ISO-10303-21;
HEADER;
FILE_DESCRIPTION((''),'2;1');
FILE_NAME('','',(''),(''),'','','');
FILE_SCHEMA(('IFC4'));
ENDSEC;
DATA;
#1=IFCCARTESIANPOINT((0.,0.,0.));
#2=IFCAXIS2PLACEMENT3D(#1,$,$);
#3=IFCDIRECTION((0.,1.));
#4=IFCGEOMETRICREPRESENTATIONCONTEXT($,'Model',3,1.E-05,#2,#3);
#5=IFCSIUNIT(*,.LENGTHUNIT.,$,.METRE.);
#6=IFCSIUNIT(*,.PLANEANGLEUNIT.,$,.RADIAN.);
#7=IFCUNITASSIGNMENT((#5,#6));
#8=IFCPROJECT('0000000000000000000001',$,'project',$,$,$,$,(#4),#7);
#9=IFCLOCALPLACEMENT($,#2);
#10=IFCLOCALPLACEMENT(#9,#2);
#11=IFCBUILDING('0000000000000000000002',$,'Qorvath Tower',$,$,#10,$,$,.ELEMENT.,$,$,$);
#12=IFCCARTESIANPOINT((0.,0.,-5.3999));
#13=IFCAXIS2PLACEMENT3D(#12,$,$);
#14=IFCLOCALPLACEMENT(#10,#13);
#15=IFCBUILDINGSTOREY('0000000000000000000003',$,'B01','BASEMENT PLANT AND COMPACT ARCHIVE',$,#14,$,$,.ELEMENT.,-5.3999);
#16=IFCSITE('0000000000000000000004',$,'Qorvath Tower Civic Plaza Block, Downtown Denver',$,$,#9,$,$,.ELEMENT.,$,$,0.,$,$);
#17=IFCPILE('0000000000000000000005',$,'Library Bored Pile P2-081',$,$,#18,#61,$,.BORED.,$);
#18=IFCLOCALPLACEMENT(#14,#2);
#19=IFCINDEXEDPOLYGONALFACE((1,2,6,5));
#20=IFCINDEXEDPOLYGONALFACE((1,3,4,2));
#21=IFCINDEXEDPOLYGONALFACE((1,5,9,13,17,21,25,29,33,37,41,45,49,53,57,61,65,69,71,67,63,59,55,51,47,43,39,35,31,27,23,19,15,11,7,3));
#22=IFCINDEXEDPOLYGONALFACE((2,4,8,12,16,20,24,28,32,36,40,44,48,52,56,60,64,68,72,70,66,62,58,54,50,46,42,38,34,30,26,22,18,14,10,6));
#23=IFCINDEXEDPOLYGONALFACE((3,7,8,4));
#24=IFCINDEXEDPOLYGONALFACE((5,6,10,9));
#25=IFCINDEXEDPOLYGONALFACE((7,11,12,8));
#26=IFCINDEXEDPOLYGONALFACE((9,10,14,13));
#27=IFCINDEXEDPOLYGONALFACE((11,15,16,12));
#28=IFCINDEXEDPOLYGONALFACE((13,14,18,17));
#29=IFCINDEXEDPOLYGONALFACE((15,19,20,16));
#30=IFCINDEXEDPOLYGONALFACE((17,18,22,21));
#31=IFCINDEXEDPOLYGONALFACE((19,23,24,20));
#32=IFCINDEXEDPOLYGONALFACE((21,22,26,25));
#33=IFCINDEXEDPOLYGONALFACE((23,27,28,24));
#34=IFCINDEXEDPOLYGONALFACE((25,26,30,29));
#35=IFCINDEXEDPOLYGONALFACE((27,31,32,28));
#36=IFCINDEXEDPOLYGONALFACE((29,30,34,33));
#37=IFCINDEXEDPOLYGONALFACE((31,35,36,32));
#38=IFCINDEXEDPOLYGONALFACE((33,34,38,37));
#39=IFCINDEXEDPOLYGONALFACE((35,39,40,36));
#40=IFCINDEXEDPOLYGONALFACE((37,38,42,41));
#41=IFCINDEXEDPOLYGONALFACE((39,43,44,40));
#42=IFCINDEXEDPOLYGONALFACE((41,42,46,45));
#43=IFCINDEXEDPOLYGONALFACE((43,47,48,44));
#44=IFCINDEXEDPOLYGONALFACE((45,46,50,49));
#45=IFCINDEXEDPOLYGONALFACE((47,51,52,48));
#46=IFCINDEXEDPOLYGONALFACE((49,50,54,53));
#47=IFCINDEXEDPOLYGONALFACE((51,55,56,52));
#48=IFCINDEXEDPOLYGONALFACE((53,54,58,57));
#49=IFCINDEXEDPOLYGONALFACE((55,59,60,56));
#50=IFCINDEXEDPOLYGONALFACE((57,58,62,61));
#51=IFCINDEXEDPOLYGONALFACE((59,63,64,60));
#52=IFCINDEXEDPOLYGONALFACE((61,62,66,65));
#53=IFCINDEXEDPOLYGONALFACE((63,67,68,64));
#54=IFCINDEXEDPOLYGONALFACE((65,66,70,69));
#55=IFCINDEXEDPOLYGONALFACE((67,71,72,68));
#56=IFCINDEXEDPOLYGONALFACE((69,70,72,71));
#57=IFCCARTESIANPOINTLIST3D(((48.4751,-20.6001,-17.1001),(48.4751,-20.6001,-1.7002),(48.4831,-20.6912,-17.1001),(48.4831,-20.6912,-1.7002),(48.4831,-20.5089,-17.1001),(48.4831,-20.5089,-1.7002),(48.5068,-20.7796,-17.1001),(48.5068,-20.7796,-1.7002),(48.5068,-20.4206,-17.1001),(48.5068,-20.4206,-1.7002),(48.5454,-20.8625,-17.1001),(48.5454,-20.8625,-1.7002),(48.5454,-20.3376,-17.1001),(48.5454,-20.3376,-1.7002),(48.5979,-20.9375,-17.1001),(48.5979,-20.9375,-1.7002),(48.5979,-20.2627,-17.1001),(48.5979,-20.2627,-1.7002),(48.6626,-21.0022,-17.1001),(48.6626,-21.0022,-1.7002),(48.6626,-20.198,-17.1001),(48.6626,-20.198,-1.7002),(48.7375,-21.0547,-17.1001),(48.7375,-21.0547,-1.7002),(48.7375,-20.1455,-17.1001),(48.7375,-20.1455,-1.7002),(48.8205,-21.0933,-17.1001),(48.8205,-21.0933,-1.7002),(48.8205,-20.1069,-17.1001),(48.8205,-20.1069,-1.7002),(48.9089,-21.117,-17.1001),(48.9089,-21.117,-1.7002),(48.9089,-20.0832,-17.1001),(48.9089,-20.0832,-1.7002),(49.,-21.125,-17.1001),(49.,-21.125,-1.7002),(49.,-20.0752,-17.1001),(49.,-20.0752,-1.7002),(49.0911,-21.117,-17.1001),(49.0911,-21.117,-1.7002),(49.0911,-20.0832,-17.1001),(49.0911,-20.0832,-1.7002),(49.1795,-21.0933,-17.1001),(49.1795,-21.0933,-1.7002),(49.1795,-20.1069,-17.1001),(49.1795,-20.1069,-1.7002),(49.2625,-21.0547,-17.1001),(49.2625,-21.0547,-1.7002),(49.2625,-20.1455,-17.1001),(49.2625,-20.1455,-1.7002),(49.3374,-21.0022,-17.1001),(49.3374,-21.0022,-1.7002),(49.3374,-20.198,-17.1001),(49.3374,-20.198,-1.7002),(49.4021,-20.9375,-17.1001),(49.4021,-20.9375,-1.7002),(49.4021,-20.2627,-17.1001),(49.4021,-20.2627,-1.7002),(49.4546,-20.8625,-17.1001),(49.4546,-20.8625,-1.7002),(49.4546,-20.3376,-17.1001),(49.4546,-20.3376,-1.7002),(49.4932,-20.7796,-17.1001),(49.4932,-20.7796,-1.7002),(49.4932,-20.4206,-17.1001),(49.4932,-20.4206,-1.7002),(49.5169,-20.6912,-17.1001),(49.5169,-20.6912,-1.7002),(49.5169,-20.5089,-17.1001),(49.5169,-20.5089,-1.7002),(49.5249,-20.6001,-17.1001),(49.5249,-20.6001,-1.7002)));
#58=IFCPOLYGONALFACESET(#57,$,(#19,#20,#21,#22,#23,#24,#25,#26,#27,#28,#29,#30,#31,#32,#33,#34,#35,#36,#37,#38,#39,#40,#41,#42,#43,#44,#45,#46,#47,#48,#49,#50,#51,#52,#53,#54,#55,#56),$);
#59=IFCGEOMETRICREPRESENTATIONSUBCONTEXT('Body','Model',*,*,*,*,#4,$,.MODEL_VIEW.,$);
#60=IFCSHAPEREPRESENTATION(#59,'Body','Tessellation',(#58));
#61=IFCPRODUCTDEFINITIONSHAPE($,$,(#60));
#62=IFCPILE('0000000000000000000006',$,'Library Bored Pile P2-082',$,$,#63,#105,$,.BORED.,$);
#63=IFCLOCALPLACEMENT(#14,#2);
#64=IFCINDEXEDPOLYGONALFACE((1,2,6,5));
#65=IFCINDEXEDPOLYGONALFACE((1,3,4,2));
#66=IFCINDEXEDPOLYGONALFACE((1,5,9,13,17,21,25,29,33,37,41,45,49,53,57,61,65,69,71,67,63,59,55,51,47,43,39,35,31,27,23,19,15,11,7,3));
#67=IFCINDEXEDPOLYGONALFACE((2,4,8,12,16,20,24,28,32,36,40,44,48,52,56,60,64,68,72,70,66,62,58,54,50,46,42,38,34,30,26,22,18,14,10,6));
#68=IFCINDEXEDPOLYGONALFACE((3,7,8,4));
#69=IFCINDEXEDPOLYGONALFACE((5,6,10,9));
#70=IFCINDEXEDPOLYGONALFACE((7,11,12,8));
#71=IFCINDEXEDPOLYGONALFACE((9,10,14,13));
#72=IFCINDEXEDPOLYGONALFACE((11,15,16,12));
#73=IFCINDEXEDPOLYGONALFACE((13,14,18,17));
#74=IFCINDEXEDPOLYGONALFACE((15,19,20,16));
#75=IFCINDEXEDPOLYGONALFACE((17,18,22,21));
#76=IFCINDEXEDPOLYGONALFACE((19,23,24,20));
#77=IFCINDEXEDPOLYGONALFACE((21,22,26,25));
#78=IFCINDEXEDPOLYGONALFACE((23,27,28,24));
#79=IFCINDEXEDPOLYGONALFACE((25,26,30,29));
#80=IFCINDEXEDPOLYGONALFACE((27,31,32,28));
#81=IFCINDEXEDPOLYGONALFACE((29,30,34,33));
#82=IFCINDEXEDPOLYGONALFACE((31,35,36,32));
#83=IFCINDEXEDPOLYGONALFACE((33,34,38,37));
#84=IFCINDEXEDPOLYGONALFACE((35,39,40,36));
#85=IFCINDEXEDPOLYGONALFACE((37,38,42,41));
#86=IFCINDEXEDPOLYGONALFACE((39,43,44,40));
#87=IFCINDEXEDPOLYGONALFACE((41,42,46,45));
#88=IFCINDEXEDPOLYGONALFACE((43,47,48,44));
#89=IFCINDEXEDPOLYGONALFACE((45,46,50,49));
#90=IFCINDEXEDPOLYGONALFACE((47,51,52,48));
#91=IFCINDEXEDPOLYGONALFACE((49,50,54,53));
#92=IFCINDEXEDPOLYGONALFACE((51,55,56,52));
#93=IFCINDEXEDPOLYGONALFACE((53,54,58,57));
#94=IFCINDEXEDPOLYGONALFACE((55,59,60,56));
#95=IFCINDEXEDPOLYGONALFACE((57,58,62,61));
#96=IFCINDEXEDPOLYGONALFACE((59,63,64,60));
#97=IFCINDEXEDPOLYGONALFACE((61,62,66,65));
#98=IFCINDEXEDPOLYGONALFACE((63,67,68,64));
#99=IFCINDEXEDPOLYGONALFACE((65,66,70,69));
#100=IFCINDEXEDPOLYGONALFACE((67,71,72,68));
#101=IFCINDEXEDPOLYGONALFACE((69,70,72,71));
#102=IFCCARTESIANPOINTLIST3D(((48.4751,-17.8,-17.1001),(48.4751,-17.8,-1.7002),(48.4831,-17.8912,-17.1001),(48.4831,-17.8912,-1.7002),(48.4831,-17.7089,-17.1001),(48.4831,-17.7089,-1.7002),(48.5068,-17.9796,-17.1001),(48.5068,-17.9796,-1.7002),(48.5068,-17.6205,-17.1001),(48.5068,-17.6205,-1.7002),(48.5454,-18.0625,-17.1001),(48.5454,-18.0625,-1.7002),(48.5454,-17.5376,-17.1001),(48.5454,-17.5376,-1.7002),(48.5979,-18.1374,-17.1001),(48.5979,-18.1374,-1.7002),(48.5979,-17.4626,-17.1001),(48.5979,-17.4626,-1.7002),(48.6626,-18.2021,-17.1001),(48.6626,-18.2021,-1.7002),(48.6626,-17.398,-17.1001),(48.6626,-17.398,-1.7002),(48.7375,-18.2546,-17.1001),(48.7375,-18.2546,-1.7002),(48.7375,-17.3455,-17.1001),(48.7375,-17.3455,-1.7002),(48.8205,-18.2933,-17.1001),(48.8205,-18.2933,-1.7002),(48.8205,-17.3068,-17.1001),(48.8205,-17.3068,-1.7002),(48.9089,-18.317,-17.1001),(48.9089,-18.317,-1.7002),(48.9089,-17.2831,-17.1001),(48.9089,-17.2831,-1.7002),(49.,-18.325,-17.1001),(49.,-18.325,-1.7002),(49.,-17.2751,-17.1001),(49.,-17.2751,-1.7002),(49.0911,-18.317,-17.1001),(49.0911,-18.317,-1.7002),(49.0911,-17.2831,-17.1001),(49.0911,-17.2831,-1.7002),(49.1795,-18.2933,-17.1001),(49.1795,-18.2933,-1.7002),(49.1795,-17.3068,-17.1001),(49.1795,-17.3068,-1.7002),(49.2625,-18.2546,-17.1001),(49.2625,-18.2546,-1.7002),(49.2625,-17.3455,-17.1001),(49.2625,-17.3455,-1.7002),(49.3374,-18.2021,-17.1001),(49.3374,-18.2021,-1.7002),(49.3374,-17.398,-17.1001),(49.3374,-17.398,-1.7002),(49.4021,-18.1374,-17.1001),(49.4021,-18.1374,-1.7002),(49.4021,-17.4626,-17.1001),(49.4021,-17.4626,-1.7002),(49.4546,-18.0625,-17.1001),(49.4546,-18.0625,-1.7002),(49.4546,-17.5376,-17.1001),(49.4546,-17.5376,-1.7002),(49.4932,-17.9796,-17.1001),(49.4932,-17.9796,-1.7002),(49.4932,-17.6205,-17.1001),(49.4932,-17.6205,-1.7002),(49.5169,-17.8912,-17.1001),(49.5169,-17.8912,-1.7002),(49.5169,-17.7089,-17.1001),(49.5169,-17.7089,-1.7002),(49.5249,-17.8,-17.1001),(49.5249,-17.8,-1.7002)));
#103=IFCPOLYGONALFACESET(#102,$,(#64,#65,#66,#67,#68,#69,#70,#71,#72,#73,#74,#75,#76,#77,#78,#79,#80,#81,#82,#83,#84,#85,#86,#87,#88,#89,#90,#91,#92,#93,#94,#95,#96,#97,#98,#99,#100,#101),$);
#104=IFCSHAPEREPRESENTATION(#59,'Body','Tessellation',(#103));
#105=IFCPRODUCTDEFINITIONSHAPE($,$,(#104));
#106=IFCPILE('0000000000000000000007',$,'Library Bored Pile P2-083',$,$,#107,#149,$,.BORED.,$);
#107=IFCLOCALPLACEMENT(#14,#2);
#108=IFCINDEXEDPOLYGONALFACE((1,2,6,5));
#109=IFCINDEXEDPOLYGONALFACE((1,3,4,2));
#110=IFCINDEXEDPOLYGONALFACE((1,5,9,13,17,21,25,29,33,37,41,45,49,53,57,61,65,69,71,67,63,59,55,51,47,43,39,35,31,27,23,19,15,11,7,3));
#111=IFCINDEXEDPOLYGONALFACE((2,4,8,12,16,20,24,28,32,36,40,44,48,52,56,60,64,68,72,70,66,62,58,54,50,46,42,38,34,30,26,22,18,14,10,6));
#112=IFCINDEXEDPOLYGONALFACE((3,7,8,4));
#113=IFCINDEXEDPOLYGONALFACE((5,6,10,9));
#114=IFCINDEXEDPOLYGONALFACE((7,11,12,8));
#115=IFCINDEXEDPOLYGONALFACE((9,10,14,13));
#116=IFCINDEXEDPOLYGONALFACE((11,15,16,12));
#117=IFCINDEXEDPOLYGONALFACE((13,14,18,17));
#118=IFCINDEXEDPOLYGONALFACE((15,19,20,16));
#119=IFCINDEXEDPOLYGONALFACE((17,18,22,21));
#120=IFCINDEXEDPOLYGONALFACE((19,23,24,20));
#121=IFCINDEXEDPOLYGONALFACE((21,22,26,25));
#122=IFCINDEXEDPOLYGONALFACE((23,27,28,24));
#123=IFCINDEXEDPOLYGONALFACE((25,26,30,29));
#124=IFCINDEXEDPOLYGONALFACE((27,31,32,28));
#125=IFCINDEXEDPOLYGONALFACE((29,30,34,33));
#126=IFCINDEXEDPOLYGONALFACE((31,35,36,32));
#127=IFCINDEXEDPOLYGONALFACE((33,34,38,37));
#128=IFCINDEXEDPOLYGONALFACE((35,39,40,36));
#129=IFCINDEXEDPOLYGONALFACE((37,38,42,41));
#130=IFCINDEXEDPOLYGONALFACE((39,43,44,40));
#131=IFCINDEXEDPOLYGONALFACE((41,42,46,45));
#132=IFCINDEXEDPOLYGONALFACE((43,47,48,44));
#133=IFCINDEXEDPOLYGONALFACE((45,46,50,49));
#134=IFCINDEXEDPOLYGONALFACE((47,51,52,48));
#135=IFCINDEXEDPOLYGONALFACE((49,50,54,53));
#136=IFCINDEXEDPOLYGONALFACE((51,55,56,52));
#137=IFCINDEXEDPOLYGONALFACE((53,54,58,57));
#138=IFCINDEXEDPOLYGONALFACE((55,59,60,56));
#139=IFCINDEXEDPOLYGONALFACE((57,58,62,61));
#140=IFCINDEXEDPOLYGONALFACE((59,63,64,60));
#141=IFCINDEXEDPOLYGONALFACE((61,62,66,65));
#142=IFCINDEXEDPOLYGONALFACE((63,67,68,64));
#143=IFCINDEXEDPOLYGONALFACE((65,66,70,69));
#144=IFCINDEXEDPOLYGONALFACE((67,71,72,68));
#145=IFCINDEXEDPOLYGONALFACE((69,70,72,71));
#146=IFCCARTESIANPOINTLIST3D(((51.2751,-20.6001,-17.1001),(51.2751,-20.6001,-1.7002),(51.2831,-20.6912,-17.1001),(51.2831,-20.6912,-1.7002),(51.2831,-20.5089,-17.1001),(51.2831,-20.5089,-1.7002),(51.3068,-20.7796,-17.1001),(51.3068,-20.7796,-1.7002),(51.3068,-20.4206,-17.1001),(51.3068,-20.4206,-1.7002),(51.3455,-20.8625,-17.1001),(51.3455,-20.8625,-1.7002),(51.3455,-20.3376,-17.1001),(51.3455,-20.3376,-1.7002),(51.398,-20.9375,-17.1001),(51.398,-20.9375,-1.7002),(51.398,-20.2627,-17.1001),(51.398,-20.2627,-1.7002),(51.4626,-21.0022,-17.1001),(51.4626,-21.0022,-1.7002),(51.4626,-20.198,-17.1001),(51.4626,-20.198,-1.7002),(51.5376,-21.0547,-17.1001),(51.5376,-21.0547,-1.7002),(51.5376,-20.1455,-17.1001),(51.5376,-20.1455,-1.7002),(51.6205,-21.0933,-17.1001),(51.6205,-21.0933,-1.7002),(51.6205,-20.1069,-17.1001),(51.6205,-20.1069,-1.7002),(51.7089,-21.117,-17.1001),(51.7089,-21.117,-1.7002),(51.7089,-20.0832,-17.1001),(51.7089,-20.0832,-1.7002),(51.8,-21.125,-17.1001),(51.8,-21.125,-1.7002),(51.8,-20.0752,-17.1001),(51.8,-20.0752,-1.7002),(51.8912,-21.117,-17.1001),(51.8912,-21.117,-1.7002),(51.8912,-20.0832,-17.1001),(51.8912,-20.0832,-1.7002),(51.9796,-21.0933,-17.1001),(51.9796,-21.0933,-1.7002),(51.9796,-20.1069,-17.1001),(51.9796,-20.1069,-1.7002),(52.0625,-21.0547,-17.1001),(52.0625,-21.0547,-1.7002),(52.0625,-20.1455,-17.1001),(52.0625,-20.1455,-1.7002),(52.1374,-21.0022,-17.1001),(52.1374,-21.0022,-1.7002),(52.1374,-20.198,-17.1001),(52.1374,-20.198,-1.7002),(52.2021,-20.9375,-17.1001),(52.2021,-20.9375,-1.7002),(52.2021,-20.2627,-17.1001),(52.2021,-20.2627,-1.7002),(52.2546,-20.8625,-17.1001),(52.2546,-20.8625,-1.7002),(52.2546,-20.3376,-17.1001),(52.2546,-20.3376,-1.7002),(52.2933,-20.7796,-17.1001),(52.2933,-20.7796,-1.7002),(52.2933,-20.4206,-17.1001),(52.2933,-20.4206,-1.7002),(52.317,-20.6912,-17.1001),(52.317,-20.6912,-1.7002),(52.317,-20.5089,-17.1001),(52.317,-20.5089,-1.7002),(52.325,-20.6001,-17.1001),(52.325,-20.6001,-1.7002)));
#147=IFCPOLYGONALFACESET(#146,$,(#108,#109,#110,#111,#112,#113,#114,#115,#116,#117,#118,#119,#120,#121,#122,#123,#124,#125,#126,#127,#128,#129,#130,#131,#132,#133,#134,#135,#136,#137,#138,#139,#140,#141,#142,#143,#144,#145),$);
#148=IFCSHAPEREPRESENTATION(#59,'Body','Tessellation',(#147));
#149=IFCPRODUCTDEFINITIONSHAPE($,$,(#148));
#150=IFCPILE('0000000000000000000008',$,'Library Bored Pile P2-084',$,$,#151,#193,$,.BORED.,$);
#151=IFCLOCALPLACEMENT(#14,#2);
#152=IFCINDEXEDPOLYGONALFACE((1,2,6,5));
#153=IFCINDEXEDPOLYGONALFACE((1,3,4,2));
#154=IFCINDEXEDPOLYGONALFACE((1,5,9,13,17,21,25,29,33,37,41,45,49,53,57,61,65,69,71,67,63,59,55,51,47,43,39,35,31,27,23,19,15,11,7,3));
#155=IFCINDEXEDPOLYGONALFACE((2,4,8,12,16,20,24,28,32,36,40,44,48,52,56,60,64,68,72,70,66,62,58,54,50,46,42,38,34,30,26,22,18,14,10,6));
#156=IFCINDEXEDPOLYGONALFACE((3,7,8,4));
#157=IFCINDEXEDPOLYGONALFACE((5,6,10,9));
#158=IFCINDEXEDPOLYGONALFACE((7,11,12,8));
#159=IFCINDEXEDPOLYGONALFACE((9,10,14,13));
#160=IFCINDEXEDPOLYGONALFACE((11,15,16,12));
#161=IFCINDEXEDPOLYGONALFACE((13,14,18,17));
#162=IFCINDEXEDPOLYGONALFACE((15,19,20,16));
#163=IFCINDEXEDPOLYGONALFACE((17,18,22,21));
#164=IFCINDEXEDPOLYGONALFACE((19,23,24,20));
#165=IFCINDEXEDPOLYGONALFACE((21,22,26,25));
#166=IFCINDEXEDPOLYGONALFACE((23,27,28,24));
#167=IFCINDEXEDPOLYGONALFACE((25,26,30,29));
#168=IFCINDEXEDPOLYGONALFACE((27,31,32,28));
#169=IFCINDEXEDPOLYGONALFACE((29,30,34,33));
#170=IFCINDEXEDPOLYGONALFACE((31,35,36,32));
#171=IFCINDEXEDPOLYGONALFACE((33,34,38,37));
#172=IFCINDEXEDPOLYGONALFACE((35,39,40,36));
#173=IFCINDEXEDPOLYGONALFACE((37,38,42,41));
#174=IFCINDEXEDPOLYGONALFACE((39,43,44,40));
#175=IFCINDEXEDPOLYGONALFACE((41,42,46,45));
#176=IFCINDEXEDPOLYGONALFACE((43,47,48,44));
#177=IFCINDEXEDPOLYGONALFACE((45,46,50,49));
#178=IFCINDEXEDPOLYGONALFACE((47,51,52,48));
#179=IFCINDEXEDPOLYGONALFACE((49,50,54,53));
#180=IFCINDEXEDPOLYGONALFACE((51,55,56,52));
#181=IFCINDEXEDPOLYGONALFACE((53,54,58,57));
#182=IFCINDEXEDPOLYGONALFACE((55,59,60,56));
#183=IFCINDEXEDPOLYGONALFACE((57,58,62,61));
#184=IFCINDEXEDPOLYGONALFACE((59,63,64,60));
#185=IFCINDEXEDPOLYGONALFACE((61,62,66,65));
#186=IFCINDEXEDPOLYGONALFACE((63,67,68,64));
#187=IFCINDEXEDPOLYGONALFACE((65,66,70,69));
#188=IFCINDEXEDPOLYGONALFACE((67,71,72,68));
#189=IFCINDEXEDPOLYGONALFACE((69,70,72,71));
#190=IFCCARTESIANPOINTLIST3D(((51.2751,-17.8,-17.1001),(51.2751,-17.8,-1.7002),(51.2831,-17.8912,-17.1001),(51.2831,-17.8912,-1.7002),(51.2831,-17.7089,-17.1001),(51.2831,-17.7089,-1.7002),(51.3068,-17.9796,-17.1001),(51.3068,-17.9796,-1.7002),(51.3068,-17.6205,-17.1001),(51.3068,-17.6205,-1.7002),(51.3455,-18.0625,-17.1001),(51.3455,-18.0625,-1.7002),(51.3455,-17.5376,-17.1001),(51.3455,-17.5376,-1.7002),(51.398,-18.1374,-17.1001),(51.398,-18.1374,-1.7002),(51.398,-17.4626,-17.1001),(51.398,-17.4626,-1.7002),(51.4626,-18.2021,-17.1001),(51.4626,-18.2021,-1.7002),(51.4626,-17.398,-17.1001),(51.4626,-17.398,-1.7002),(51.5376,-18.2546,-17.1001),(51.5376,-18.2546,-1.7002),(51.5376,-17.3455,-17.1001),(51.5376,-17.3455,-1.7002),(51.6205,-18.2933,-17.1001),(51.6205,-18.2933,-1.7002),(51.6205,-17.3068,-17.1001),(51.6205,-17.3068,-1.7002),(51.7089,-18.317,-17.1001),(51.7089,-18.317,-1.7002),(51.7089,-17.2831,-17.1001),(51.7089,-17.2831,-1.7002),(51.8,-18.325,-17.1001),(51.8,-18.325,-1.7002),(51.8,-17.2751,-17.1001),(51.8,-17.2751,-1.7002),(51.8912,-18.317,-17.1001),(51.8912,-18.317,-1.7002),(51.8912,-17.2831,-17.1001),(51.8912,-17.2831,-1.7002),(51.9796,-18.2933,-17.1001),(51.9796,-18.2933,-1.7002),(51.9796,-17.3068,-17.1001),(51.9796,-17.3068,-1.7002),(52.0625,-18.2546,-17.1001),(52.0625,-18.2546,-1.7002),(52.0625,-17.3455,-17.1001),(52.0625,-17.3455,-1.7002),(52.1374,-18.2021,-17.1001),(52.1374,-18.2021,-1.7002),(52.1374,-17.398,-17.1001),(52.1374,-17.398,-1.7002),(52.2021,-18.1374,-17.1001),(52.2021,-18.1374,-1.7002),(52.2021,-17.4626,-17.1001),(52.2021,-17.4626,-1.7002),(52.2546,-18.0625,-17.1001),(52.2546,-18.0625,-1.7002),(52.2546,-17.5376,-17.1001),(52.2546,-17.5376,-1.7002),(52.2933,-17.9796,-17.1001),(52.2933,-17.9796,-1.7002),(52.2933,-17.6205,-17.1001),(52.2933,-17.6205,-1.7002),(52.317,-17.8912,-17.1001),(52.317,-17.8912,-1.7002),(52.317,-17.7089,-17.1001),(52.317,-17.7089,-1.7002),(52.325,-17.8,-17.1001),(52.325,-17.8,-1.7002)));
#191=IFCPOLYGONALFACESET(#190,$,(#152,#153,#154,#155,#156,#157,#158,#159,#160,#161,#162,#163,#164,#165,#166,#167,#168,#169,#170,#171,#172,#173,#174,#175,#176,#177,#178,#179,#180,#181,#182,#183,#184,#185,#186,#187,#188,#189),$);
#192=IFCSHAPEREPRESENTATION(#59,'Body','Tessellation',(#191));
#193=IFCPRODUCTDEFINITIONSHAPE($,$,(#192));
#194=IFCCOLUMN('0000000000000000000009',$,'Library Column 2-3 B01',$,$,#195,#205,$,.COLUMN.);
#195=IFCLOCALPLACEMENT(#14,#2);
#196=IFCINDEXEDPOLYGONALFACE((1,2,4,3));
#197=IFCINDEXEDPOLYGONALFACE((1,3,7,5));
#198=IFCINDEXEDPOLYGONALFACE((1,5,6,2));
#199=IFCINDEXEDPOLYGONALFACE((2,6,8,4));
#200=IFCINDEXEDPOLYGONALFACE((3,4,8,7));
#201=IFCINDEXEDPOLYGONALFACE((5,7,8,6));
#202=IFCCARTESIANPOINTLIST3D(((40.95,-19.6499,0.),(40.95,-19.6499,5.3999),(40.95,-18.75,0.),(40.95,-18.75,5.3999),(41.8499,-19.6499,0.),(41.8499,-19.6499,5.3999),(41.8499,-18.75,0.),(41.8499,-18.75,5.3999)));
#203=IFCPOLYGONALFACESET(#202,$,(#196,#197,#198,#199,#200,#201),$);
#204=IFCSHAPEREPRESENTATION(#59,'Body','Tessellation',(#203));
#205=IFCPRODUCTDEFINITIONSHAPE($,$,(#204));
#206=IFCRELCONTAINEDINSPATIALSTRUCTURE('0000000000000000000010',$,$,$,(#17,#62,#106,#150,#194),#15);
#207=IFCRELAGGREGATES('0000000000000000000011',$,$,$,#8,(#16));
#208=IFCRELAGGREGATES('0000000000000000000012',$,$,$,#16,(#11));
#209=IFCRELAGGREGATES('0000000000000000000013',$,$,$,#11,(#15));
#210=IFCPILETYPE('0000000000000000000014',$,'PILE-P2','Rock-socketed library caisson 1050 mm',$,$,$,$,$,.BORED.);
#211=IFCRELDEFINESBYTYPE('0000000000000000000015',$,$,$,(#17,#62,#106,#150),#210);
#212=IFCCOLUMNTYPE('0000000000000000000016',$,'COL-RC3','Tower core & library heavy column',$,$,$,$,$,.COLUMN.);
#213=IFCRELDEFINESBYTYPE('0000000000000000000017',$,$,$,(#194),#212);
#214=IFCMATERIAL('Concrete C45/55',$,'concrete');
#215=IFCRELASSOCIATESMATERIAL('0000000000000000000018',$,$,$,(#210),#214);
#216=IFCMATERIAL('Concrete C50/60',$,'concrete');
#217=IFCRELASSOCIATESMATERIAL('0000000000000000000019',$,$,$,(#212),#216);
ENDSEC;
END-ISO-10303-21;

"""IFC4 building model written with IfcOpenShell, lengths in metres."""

from ifc_helpers import new_model, si_unit, direction, frame, origin, origin_2d, place, context, subcontext, project, spatial, rectangle, circle, extrude, material, material_profile, profile_set, type_object, element, save


model = new_model("IFC4")

# Units and contexts
model_context = context("Model", 3, precision=1e-05, world=origin(), true_north=direction((0.0, 1.0)))
body_context = subcontext(model_context, "Body", "Model", "MODEL_VIEW")
ifc_project = project(units=[si_unit("LENGTHUNIT", "METRE"), si_unit("PLANEANGLEUNIT", "RADIAN")], contexts=[model_context])

# Site, building, storey
site_placement = place(None, origin())
site = spatial("IfcSite", under=ifc_project, at=site_placement, Name="Qorvath Tower Civic Plaza Block, Downtown Denver", CompositionType="ELEMENT", RefElevation=0.0)
building_placement = place(site_placement, origin())
building = spatial("IfcBuilding", under=site, at=building_placement, Name="Qorvath Tower", CompositionType="ELEMENT")
storey_placement = place(building_placement, frame((0.0, 0.0, -5.3999)))
storey = spatial("IfcBuildingStorey", under=building, at=storey_placement, Name="B01", Description="BASEMENT PLANT AND COMPACT ARCHIVE", CompositionType="ELEMENT", Elevation=-5.3999)

# Piles
ifc_material_1 = material(Name="Concrete C45/55", Category="concrete")
ifc_material_profile_1 = material_profile(ifc_material_1, circle(Radius=0.5249, at=origin_2d()), Name="BORED PILE 1050")
ifc_profile_set_1 = profile_set([ifc_material_profile_1], Name="Concrete C45/55")
pile_type = type_object("IfcPileType", Name="PILE-P2", Description="Rock-socketed library caisson 1050 mm", PredefinedType="BORED", material=ifc_profile_set_1)
for number, where, z_axis, x_axis, name in (
    (1, (49.0, -20.6001, -1.7002), (0.0, 0.0, -1.0), (1.0, 0.0, 0.0), "Library Bored Pile P2-081"),
    (2, (49.0, -17.8, -1.7002), (0.0, 0.0, -1.0), (1.0, 0.0, 0.0), "Library Bored Pile P2-082"),
    (3, (51.8, -20.6001, -1.7002), (0.0, 0.0, -1.0), (1.0, 0.0, 0.0), "Library Bored Pile P2-083"),
    (4, (51.8, -17.8, -1.7002), (0.0, 0.0, -1.0), (1.0, 0.0, 0.0), "Library Bored Pile P2-084"),
):
    element("IfcPile", number, at=place(storey_placement, frame(where, z_axis=z_axis, x_axis=x_axis)), inside=storey, type_object=pile_type, Name=name, PredefinedType="BORED", context=body_context, shape_type="SweptSolid", body=[
        extrude(circle(Radius=0.5249, at=origin_2d()), origin(), (0.0, 0.0, 1.0), 15.3999),
    ])

# Column
ifc_material_2 = material(Name="Concrete C50/60", Category="concrete")
ifc_material_profile_2 = material_profile(ifc_material_2, rectangle(XDim=0.8999, YDim=0.8999, at=origin_2d()), Name="RC 900x900")
ifc_profile_set_2 = profile_set([ifc_material_profile_2], Name="Concrete C50/60")
column_type = type_object("IfcColumnType", Name="COL-RC3", Description="Tower core & library heavy column", PredefinedType="COLUMN", material=ifc_profile_set_2)
for number, where, z_axis, x_axis, name in (
    (5, (41.3999, -19.2, 0.0), (0.0, 0.0, 1.0), (1.0, 0.0, 0.0), "Library Column 2-3 B01"),
):
    element("IfcColumn", number, at=place(storey_placement, frame(where, z_axis=z_axis, x_axis=x_axis)), inside=storey, type_object=column_type, Name=name, PredefinedType="COLUMN", context=body_context, shape_type="SweptSolid", body=[
        extrude(rectangle(XDim=0.8999, YDim=0.8999, at=origin_2d()), origin(), (0.0, 0.0, 1.0), 5.3999),
    ])

save(model, "model.ifc")
